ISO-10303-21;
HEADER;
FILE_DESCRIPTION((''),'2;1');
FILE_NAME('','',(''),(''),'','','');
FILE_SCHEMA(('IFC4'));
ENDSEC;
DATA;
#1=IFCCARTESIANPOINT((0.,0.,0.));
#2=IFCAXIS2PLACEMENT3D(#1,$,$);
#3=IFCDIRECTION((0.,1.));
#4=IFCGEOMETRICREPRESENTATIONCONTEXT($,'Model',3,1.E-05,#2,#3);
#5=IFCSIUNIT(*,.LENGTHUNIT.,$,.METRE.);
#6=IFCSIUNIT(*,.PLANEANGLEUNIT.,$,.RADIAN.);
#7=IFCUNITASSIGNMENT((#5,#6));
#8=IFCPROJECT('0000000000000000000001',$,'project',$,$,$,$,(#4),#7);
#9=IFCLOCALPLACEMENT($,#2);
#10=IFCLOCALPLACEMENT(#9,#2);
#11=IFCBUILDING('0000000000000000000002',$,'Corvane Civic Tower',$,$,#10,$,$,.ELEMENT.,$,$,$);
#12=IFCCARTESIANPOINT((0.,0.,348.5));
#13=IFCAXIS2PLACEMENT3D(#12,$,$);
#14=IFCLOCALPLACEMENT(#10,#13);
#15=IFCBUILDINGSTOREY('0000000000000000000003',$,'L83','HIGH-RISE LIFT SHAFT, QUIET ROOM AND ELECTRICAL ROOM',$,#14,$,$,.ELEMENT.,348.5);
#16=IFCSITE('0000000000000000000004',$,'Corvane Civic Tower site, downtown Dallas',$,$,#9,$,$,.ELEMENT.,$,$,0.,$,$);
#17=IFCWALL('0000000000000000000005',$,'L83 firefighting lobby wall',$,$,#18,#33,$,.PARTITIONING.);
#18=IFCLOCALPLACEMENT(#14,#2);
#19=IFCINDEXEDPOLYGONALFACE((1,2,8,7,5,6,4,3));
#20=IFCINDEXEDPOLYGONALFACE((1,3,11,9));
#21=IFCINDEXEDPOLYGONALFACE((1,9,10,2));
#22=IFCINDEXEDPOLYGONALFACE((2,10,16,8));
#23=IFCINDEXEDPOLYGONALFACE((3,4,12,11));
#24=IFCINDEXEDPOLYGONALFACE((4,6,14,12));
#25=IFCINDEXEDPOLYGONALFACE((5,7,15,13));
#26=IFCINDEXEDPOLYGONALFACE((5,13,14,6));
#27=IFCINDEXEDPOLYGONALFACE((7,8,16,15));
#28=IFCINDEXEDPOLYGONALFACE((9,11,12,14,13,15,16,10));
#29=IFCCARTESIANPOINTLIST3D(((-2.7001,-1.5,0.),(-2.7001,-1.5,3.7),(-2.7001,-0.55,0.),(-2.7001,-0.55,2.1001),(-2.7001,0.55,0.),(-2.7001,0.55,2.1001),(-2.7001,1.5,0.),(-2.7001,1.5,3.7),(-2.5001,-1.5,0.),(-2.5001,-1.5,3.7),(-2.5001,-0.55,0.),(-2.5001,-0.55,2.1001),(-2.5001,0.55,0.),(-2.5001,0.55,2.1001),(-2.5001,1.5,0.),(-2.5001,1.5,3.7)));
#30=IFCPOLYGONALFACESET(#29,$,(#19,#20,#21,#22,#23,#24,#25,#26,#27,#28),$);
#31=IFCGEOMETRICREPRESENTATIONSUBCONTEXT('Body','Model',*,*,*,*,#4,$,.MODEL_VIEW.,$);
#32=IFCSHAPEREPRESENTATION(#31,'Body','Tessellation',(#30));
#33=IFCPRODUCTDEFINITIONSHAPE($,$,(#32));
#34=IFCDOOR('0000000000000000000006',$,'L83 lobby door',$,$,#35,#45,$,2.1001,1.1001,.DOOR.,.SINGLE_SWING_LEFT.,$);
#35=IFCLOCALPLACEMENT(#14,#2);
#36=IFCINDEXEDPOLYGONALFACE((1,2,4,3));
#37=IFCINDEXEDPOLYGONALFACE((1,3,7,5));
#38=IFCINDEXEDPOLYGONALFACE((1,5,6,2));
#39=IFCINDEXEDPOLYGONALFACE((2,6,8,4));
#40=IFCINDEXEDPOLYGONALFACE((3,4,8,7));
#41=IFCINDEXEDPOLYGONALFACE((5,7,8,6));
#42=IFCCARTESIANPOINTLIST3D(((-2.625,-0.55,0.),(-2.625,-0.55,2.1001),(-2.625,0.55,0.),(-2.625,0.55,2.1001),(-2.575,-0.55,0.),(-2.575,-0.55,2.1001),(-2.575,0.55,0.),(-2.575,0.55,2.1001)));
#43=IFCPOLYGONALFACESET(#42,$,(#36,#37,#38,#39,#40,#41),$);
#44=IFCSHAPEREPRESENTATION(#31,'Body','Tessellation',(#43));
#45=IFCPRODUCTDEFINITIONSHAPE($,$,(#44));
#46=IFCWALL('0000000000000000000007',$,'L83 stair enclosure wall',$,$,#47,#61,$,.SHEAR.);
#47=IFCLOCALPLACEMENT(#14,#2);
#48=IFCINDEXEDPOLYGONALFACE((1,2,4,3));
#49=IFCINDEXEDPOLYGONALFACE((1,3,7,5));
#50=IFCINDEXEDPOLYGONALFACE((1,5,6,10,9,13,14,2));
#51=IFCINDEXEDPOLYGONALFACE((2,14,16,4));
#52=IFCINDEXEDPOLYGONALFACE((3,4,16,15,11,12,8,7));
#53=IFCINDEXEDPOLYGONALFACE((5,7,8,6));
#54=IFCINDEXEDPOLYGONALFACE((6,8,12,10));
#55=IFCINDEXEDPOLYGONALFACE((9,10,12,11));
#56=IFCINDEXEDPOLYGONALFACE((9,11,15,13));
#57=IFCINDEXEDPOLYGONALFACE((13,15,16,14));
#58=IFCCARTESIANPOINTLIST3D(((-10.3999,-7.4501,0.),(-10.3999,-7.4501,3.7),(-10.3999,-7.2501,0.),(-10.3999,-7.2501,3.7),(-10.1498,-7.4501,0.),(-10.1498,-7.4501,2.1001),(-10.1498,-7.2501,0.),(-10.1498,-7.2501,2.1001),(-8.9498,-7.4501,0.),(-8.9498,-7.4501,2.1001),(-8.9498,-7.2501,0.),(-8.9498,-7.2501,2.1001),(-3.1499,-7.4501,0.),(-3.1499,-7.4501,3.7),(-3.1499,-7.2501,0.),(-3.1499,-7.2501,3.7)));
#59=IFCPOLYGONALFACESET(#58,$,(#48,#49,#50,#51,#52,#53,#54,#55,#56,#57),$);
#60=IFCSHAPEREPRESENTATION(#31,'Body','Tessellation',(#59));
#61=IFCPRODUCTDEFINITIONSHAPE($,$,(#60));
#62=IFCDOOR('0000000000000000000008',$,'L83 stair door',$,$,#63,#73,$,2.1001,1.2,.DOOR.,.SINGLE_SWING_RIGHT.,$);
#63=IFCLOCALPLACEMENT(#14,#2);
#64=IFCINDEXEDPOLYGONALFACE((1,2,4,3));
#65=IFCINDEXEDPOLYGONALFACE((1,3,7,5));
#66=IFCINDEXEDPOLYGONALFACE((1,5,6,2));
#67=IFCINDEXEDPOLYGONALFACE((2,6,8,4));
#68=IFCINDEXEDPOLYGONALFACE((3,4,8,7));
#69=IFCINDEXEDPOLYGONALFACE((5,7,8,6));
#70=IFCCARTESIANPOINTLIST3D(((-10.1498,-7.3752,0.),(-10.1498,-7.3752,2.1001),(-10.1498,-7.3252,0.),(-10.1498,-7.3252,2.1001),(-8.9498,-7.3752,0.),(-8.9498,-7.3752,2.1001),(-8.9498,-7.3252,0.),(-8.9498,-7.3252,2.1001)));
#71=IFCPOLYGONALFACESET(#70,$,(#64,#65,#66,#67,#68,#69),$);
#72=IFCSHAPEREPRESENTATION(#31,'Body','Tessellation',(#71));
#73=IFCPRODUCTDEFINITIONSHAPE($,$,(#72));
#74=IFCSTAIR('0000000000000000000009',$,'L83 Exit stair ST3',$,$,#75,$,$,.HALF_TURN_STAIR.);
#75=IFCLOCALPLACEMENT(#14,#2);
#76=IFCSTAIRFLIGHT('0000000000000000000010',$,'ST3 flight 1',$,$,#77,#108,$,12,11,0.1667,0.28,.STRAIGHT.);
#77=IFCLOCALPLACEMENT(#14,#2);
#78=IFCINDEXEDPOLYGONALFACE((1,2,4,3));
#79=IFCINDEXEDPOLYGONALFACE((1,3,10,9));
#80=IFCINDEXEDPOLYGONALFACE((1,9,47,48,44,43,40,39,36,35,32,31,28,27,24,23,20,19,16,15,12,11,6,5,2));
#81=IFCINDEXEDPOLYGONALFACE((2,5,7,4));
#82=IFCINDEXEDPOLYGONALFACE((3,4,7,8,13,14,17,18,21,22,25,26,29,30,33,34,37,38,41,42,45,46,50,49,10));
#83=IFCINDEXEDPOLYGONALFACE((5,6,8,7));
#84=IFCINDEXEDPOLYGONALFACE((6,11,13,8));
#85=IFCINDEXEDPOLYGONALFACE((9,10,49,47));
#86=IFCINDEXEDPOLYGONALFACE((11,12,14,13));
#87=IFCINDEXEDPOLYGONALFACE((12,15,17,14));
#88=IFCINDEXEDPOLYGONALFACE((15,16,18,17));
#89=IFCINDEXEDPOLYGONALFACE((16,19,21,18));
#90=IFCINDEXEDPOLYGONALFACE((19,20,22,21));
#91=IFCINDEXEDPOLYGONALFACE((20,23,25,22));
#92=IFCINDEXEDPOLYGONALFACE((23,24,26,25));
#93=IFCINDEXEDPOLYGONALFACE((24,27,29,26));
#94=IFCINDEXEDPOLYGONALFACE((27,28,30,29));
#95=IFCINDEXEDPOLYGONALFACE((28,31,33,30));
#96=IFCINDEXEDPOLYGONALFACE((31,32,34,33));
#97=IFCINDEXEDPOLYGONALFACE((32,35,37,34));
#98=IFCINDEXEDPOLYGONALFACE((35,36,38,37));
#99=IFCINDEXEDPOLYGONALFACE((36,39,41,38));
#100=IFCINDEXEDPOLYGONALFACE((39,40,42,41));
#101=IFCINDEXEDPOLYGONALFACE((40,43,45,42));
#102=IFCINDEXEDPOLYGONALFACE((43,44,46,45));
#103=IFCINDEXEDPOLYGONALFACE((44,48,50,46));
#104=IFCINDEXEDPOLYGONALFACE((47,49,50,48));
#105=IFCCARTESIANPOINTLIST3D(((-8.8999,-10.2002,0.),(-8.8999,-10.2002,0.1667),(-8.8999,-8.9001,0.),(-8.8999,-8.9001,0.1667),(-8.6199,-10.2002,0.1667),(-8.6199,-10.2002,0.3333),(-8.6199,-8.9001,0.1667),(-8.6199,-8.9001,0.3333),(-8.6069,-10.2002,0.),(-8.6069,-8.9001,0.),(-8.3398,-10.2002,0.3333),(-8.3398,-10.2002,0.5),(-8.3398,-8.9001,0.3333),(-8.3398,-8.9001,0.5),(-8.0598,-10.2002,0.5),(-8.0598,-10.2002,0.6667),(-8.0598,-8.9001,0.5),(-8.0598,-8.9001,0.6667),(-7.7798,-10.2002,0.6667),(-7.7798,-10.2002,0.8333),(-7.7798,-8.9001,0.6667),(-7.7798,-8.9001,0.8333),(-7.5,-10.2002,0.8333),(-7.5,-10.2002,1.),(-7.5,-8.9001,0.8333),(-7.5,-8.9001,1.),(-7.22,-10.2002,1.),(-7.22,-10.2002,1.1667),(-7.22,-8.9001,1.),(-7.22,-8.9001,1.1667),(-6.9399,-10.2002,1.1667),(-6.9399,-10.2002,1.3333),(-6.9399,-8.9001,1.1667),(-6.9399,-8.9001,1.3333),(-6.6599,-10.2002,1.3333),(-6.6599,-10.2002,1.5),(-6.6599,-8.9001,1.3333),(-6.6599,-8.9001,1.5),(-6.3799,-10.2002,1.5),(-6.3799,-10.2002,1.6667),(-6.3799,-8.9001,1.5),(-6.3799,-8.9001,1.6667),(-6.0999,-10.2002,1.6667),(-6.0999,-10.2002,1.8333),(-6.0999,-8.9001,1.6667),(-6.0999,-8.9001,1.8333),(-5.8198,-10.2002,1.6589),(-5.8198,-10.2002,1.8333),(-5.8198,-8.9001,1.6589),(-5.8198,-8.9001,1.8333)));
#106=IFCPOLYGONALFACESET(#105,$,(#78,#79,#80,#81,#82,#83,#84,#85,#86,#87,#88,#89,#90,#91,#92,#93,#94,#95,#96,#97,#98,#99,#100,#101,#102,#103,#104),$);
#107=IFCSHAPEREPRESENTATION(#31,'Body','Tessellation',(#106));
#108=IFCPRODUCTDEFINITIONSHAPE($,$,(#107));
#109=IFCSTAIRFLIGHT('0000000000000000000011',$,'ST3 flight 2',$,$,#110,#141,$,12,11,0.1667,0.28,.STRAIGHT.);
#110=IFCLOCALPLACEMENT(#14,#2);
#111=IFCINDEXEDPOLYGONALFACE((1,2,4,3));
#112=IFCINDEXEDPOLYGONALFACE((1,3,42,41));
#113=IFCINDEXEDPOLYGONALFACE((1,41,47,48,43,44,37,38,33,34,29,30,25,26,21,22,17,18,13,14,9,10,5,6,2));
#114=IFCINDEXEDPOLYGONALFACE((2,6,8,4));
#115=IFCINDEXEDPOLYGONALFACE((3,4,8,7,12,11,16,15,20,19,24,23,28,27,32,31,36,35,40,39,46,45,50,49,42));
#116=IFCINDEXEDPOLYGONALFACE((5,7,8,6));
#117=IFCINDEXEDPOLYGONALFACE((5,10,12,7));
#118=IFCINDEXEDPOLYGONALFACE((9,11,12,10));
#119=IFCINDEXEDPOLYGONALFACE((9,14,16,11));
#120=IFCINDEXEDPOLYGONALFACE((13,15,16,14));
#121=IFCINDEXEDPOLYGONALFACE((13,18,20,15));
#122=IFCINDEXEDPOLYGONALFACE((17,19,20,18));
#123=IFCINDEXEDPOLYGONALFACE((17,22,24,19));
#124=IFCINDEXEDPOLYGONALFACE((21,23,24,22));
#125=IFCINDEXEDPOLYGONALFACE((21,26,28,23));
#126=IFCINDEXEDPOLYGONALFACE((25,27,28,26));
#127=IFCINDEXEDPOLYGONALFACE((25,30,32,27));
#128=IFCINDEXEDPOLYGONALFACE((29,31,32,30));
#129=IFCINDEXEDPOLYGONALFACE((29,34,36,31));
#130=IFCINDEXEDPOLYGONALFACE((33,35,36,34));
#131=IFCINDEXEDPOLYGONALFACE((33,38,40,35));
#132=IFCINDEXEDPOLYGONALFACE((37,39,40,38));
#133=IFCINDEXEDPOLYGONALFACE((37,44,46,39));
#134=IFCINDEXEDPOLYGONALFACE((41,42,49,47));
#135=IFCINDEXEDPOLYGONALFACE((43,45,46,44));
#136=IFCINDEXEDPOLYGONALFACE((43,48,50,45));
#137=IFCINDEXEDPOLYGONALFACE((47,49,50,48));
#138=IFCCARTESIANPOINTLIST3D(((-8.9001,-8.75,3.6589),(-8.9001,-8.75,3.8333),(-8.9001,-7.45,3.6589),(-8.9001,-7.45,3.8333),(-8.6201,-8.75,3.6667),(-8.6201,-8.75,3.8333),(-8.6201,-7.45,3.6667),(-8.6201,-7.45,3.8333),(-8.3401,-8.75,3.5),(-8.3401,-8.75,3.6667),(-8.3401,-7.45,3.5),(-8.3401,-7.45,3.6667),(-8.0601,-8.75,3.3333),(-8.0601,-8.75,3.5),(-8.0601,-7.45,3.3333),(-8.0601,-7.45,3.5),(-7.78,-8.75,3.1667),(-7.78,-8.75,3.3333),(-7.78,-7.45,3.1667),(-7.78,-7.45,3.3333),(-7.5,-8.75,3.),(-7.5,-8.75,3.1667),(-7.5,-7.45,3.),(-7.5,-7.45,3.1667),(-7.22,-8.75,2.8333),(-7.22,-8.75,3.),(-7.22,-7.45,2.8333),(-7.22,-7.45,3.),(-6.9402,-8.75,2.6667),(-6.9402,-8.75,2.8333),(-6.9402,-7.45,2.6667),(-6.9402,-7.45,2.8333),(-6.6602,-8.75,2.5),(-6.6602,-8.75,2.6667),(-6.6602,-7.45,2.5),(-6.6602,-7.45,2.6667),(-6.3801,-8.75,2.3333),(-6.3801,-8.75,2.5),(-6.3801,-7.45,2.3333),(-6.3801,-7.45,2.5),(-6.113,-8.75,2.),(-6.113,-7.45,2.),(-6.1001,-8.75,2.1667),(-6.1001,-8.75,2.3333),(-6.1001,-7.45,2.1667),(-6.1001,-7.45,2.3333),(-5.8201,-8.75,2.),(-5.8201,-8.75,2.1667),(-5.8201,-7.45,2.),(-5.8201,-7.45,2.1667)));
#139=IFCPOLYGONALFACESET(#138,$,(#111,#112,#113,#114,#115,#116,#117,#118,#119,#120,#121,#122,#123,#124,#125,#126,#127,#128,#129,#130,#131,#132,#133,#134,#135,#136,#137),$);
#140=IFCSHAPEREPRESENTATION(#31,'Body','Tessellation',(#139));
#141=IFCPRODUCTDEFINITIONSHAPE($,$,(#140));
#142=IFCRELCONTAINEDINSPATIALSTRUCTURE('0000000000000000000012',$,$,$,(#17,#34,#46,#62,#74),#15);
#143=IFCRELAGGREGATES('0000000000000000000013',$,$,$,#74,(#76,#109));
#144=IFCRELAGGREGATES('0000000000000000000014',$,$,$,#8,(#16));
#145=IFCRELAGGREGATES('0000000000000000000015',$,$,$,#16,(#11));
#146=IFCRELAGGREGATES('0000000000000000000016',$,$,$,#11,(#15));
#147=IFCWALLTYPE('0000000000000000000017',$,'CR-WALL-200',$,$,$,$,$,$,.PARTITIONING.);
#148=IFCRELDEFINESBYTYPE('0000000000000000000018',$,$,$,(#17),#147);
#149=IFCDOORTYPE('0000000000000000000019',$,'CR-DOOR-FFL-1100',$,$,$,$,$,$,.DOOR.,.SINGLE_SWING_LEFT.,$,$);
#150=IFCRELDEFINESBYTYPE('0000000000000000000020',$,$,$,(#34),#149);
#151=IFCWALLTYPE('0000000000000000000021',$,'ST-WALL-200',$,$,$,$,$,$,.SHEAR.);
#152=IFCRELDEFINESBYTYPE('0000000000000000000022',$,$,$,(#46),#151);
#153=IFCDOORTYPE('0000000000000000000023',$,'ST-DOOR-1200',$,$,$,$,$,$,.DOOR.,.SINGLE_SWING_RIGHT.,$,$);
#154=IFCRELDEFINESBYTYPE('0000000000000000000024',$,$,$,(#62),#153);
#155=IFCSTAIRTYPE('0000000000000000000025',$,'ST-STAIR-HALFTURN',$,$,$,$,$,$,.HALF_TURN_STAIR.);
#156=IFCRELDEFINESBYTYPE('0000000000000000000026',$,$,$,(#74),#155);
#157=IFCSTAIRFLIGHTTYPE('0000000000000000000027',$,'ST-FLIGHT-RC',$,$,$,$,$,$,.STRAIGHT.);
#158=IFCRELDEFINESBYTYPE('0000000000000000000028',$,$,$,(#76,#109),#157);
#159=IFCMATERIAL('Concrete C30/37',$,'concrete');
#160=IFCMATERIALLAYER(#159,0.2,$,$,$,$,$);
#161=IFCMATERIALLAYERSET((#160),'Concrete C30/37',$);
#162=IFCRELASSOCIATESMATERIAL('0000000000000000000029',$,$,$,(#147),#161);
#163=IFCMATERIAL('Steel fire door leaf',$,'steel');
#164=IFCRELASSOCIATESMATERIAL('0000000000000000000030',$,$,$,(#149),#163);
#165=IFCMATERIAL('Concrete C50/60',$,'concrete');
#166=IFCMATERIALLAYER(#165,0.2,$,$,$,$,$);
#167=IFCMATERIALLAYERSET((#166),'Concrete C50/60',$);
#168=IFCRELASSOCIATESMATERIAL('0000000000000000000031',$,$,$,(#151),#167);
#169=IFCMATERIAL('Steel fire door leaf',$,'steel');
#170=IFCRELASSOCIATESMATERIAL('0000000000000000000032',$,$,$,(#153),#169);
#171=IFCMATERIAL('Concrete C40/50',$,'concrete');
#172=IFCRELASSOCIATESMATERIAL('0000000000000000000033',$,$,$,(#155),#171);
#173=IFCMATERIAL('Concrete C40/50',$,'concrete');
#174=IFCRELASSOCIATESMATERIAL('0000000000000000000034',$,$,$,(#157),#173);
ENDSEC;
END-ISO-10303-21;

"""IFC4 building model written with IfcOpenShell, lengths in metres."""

from ifc_helpers import new_model, si_unit, direction, frame, frame_2d, origin, place, context, subcontext, project, spatial, polyline, rectangle, outline, extrude, material, layer, layer_set, type_object, element, fill, aggregate, save


model = new_model("IFC4")

# Units and contexts
model_context = context("Model", 3, precision=1e-05, world=origin(), true_north=direction((0.0, 1.0)))
body_context = subcontext(model_context, "Body", "Model", "MODEL_VIEW")
ifc_project = project(units=[si_unit("LENGTHUNIT", "METRE"), si_unit("PLANEANGLEUNIT", "RADIAN")], contexts=[model_context])

# Site, building, storey
site_placement = place(None, origin())
site = spatial("IfcSite", under=ifc_project, at=site_placement, Name="Corvane Civic Tower site, downtown Dallas", CompositionType="ELEMENT", RefElevation=0.0)
building_placement = place(site_placement, origin())
building = spatial("IfcBuilding", under=site, at=building_placement, Name="Corvane Civic Tower", CompositionType="ELEMENT")
storey_placement = place(building_placement, frame((0.0, 0.0, 348.5)))
storey = spatial("IfcBuildingStorey", under=building, at=storey_placement, Name="L83", Description="HIGH-RISE LIFT SHAFT, QUIET ROOM AND ELECTRICAL ROOM", CompositionType="ELEMENT", Elevation=348.5)

# Shared definitions
ifc_material_1 = material(Name="Concrete C30/37", Category="concrete")
ifc_layer_1 = layer(ifc_material_1, 0.2)
ifc_layer_set_1 = layer_set([ifc_layer_1], Name="Concrete C30/37")
wall_type_1 = type_object("IfcWallType", Name="CR-WALL-200", PredefinedType="PARTITIONING", material=ifc_layer_set_1)

# Walls, openings, doors
wall_1_placement = place(storey_placement, frame((-2.6001, -1.5, 0.0), z_axis=(0.0, 0.0, 1.0), x_axis=(0.0, 1.0, 0.0)))
wall_1 = element("IfcWall", 1, at=wall_1_placement, inside=storey, type_object=wall_type_1, Name="L83 firefighting lobby wall", PredefinedType="PARTITIONING", context=body_context, shape_type="SweptSolid", body=[
    extrude(rectangle(XDim=3.0, YDim=0.2, at=frame_2d((1.5, 0.0))), origin(), (0.0, 0.0, 1.0), 3.7),
])
opening_1_placement = place(wall_1_placement, frame((0.95, 0.0, 0.0)))
opening_1 = element("IfcOpeningElement", 2, at=opening_1_placement, cuts=wall_1, PredefinedType="OPENING", context=body_context, shape_type="SweptSolid", body=[
    extrude(rectangle(XDim=1.1001, YDim=2.1001, at=frame_2d((0.55, 1.05))), frame((0.0, 0.1099, 0.0), z_axis=(0.0, -1.0, 0.0), x_axis=(1.0, 0.0, 0.0)), (0.0, 0.0, 1.0), 0.22),
])
ifc_material_2 = material(Name="Steel fire door leaf", Category="steel")
door_type_1 = type_object("IfcDoorType", Name="CR-DOOR-FFL-1100", OperationType="SINGLE_SWING_LEFT", PredefinedType="DOOR", material=ifc_material_2)
door_1_placement = place(opening_1_placement, origin())
door_1 = element("IfcDoor", 3, at=door_1_placement, inside=storey, type_object=door_type_1, Name="L83 lobby door", OperationType="SINGLE_SWING_LEFT", OverallHeight=2.1001, OverallWidth=1.1001, PredefinedType="DOOR", context=body_context, shape_type="SweptSolid", body=[
    extrude(rectangle(XDim=1.1001, YDim=2.1001, at=frame_2d((0.55, 1.05))), frame((0.0, 0.0249, 0.0), z_axis=(0.0, -1.0, 0.0), x_axis=(1.0, 0.0, 0.0)), (0.0, 0.0, 1.0), 0.05),
])
fill(opening_1, door_1)
ifc_material_3 = material(Name="Concrete C50/60", Category="concrete")
ifc_layer_2 = layer(ifc_material_3, 0.2)
ifc_layer_set_2 = layer_set([ifc_layer_2], Name="Concrete C50/60")
wall_type_2 = type_object("IfcWallType", Name="ST-WALL-200", PredefinedType="SHEAR", material=ifc_layer_set_2)
wall_2_placement = place(storey_placement, frame((-10.3999, -7.3501, 0.0), z_axis=(0.0, 0.0, 1.0), x_axis=(1.0, 0.0, 0.0)))
wall_2 = element("IfcWall", 4, at=wall_2_placement, inside=storey, type_object=wall_type_2, Name="L83 stair enclosure wall", PredefinedType="SHEAR", context=body_context, shape_type="SweptSolid", body=[
    extrude(rectangle(XDim=7.25, YDim=0.2, at=frame_2d((3.625, 0.0))), origin(), (0.0, 0.0, 1.0), 3.7),
])
opening_2_placement = place(wall_2_placement, frame((0.25, 0.0, 0.0)))
opening_2 = element("IfcOpeningElement", 5, at=opening_2_placement, cuts=wall_2, PredefinedType="OPENING", context=body_context, shape_type="SweptSolid", body=[
    extrude(rectangle(XDim=1.2, YDim=2.1001, at=frame_2d((0.6001, 1.05))), frame((0.0, 0.1099, 0.0), z_axis=(0.0, -1.0, 0.0), x_axis=(1.0, 0.0, 0.0)), (0.0, 0.0, 1.0), 0.22),
])
ifc_material_4 = material(Name="Steel fire door leaf", Category="steel")
door_type_2 = type_object("IfcDoorType", Name="ST-DOOR-1200", OperationType="SINGLE_SWING_RIGHT", PredefinedType="DOOR", material=ifc_material_4)
door_2_placement = place(opening_2_placement, origin())
door_2 = element("IfcDoor", 6, at=door_2_placement, inside=storey, type_object=door_type_2, Name="L83 stair door", OperationType="SINGLE_SWING_RIGHT", OverallHeight=2.1001, OverallWidth=1.2, PredefinedType="DOOR", context=body_context, shape_type="SweptSolid", body=[
    extrude(rectangle(XDim=1.2, YDim=2.1001, at=frame_2d((0.6001, 1.05))), frame((0.0, 0.0249, 0.0), z_axis=(0.0, -1.0, 0.0), x_axis=(1.0, 0.0, 0.0)), (0.0, 0.0, 1.0), 0.05),
])
fill(opening_2, door_2)

# Stair, stair flights
ifc_material_5 = material(Name="Concrete C40/50", Category="concrete")
stair_type = type_object("IfcStairType", Name="ST-STAIR-HALFTURN", PredefinedType="HALF_TURN_STAIR", material=ifc_material_5)
stair_placement = place(storey_placement, origin())
stair = element("IfcStair", 7, at=stair_placement, inside=storey, type_object=stair_type, Name="L83 Exit stair ST3", PredefinedType="HALF_TURN_STAIR")
ifc_material_6 = material(Name="Concrete C40/50", Category="concrete")
stair_flight_type = type_object("IfcStairFlightType", Name="ST-FLIGHT-RC", PredefinedType="STRAIGHT", material=ifc_material_6)
stair_flight_1_placement = place(storey_placement, frame((-8.8999, -9.55, 0.0), z_axis=(0.0, 0.0, 1.0), x_axis=(1.0, 0.0, 0.0)))
stair_flight_1 = element("IfcStairFlight", 8, at=stair_flight_1_placement, type_object=stair_flight_type, Name="ST3 flight 1", NumberOfRisers=12, NumberOfTreads=11, PredefinedType="STRAIGHT", RiserHeight=0.1667, TreadLength=0.28, context=body_context, shape_type="SweptSolid", body=[
    extrude(outline(polyline([(0.0, 0.0), (0.0, 0.1667), (0.28, 0.1667), (0.28, 0.3333), (0.5601, 0.3333), (0.5601, 0.5), (0.8401, 0.5), (0.8401, 0.6667), (1.1201, 0.6667), (1.1201, 0.8333), (1.3999, 0.8333), (1.3999, 1.0), (1.6799, 1.0), (1.6799, 1.1667), (1.96, 1.1667), (1.96, 1.3333), (2.24, 1.3333), (2.24, 1.5), (2.52, 1.5), (2.52, 1.6667), (2.8, 1.6667), (2.8, 1.8333), (3.0801, 1.8333), (3.0801, 2.0), (3.0801, 1.6589), (0.293, 0.0), (0.0, 0.0)])), frame((0.0, 0.6499, 0.0), z_axis=(0.0, -1.0, 0.0), x_axis=(1.0, 0.0, 0.0)), (0.0, 0.0, 1.0), 1.3),
])
stair_flight_2_placement = place(storey_placement, frame((-5.8201, -8.1001, 2.0), z_axis=(0.0, 0.0, 1.0), x_axis=(-1.0, 0.0, 0.0)))
stair_flight_2 = element("IfcStairFlight", 9, at=stair_flight_2_placement, type_object=stair_flight_type, Name="ST3 flight 2", NumberOfRisers=12, NumberOfTreads=11, PredefinedType="STRAIGHT", RiserHeight=0.1667, TreadLength=0.28, context=body_context, shape_type="SweptSolid", body=[
    extrude(outline(polyline([(0.0, 0.0), (0.0, 0.1667), (0.28, 0.1667), (0.28, 0.3333), (0.5601, 0.3333), (0.5601, 0.5), (0.8401, 0.5), (0.8401, 0.6667), (1.1201, 0.6667), (1.1201, 0.8333), (1.3999, 0.8333), (1.3999, 1.0), (1.6799, 1.0), (1.6799, 1.1667), (1.96, 1.1667), (1.96, 1.3333), (2.24, 1.3333), (2.24, 1.5), (2.52, 1.5), (2.52, 1.6667), (2.8, 1.6667), (2.8, 1.8333), (3.0801, 1.8333), (3.0801, 2.0), (3.0801, 1.6589), (0.293, 0.0), (0.0, 0.0)])), frame((0.0, 0.6499, 0.0), z_axis=(0.0, -1.0, 0.0), x_axis=(1.0, 0.0, 0.0)), (0.0, 0.0, 1.0), 1.3),
])
aggregate(stair, [stair_flight_1, stair_flight_2])

save(model, "model.ifc")
